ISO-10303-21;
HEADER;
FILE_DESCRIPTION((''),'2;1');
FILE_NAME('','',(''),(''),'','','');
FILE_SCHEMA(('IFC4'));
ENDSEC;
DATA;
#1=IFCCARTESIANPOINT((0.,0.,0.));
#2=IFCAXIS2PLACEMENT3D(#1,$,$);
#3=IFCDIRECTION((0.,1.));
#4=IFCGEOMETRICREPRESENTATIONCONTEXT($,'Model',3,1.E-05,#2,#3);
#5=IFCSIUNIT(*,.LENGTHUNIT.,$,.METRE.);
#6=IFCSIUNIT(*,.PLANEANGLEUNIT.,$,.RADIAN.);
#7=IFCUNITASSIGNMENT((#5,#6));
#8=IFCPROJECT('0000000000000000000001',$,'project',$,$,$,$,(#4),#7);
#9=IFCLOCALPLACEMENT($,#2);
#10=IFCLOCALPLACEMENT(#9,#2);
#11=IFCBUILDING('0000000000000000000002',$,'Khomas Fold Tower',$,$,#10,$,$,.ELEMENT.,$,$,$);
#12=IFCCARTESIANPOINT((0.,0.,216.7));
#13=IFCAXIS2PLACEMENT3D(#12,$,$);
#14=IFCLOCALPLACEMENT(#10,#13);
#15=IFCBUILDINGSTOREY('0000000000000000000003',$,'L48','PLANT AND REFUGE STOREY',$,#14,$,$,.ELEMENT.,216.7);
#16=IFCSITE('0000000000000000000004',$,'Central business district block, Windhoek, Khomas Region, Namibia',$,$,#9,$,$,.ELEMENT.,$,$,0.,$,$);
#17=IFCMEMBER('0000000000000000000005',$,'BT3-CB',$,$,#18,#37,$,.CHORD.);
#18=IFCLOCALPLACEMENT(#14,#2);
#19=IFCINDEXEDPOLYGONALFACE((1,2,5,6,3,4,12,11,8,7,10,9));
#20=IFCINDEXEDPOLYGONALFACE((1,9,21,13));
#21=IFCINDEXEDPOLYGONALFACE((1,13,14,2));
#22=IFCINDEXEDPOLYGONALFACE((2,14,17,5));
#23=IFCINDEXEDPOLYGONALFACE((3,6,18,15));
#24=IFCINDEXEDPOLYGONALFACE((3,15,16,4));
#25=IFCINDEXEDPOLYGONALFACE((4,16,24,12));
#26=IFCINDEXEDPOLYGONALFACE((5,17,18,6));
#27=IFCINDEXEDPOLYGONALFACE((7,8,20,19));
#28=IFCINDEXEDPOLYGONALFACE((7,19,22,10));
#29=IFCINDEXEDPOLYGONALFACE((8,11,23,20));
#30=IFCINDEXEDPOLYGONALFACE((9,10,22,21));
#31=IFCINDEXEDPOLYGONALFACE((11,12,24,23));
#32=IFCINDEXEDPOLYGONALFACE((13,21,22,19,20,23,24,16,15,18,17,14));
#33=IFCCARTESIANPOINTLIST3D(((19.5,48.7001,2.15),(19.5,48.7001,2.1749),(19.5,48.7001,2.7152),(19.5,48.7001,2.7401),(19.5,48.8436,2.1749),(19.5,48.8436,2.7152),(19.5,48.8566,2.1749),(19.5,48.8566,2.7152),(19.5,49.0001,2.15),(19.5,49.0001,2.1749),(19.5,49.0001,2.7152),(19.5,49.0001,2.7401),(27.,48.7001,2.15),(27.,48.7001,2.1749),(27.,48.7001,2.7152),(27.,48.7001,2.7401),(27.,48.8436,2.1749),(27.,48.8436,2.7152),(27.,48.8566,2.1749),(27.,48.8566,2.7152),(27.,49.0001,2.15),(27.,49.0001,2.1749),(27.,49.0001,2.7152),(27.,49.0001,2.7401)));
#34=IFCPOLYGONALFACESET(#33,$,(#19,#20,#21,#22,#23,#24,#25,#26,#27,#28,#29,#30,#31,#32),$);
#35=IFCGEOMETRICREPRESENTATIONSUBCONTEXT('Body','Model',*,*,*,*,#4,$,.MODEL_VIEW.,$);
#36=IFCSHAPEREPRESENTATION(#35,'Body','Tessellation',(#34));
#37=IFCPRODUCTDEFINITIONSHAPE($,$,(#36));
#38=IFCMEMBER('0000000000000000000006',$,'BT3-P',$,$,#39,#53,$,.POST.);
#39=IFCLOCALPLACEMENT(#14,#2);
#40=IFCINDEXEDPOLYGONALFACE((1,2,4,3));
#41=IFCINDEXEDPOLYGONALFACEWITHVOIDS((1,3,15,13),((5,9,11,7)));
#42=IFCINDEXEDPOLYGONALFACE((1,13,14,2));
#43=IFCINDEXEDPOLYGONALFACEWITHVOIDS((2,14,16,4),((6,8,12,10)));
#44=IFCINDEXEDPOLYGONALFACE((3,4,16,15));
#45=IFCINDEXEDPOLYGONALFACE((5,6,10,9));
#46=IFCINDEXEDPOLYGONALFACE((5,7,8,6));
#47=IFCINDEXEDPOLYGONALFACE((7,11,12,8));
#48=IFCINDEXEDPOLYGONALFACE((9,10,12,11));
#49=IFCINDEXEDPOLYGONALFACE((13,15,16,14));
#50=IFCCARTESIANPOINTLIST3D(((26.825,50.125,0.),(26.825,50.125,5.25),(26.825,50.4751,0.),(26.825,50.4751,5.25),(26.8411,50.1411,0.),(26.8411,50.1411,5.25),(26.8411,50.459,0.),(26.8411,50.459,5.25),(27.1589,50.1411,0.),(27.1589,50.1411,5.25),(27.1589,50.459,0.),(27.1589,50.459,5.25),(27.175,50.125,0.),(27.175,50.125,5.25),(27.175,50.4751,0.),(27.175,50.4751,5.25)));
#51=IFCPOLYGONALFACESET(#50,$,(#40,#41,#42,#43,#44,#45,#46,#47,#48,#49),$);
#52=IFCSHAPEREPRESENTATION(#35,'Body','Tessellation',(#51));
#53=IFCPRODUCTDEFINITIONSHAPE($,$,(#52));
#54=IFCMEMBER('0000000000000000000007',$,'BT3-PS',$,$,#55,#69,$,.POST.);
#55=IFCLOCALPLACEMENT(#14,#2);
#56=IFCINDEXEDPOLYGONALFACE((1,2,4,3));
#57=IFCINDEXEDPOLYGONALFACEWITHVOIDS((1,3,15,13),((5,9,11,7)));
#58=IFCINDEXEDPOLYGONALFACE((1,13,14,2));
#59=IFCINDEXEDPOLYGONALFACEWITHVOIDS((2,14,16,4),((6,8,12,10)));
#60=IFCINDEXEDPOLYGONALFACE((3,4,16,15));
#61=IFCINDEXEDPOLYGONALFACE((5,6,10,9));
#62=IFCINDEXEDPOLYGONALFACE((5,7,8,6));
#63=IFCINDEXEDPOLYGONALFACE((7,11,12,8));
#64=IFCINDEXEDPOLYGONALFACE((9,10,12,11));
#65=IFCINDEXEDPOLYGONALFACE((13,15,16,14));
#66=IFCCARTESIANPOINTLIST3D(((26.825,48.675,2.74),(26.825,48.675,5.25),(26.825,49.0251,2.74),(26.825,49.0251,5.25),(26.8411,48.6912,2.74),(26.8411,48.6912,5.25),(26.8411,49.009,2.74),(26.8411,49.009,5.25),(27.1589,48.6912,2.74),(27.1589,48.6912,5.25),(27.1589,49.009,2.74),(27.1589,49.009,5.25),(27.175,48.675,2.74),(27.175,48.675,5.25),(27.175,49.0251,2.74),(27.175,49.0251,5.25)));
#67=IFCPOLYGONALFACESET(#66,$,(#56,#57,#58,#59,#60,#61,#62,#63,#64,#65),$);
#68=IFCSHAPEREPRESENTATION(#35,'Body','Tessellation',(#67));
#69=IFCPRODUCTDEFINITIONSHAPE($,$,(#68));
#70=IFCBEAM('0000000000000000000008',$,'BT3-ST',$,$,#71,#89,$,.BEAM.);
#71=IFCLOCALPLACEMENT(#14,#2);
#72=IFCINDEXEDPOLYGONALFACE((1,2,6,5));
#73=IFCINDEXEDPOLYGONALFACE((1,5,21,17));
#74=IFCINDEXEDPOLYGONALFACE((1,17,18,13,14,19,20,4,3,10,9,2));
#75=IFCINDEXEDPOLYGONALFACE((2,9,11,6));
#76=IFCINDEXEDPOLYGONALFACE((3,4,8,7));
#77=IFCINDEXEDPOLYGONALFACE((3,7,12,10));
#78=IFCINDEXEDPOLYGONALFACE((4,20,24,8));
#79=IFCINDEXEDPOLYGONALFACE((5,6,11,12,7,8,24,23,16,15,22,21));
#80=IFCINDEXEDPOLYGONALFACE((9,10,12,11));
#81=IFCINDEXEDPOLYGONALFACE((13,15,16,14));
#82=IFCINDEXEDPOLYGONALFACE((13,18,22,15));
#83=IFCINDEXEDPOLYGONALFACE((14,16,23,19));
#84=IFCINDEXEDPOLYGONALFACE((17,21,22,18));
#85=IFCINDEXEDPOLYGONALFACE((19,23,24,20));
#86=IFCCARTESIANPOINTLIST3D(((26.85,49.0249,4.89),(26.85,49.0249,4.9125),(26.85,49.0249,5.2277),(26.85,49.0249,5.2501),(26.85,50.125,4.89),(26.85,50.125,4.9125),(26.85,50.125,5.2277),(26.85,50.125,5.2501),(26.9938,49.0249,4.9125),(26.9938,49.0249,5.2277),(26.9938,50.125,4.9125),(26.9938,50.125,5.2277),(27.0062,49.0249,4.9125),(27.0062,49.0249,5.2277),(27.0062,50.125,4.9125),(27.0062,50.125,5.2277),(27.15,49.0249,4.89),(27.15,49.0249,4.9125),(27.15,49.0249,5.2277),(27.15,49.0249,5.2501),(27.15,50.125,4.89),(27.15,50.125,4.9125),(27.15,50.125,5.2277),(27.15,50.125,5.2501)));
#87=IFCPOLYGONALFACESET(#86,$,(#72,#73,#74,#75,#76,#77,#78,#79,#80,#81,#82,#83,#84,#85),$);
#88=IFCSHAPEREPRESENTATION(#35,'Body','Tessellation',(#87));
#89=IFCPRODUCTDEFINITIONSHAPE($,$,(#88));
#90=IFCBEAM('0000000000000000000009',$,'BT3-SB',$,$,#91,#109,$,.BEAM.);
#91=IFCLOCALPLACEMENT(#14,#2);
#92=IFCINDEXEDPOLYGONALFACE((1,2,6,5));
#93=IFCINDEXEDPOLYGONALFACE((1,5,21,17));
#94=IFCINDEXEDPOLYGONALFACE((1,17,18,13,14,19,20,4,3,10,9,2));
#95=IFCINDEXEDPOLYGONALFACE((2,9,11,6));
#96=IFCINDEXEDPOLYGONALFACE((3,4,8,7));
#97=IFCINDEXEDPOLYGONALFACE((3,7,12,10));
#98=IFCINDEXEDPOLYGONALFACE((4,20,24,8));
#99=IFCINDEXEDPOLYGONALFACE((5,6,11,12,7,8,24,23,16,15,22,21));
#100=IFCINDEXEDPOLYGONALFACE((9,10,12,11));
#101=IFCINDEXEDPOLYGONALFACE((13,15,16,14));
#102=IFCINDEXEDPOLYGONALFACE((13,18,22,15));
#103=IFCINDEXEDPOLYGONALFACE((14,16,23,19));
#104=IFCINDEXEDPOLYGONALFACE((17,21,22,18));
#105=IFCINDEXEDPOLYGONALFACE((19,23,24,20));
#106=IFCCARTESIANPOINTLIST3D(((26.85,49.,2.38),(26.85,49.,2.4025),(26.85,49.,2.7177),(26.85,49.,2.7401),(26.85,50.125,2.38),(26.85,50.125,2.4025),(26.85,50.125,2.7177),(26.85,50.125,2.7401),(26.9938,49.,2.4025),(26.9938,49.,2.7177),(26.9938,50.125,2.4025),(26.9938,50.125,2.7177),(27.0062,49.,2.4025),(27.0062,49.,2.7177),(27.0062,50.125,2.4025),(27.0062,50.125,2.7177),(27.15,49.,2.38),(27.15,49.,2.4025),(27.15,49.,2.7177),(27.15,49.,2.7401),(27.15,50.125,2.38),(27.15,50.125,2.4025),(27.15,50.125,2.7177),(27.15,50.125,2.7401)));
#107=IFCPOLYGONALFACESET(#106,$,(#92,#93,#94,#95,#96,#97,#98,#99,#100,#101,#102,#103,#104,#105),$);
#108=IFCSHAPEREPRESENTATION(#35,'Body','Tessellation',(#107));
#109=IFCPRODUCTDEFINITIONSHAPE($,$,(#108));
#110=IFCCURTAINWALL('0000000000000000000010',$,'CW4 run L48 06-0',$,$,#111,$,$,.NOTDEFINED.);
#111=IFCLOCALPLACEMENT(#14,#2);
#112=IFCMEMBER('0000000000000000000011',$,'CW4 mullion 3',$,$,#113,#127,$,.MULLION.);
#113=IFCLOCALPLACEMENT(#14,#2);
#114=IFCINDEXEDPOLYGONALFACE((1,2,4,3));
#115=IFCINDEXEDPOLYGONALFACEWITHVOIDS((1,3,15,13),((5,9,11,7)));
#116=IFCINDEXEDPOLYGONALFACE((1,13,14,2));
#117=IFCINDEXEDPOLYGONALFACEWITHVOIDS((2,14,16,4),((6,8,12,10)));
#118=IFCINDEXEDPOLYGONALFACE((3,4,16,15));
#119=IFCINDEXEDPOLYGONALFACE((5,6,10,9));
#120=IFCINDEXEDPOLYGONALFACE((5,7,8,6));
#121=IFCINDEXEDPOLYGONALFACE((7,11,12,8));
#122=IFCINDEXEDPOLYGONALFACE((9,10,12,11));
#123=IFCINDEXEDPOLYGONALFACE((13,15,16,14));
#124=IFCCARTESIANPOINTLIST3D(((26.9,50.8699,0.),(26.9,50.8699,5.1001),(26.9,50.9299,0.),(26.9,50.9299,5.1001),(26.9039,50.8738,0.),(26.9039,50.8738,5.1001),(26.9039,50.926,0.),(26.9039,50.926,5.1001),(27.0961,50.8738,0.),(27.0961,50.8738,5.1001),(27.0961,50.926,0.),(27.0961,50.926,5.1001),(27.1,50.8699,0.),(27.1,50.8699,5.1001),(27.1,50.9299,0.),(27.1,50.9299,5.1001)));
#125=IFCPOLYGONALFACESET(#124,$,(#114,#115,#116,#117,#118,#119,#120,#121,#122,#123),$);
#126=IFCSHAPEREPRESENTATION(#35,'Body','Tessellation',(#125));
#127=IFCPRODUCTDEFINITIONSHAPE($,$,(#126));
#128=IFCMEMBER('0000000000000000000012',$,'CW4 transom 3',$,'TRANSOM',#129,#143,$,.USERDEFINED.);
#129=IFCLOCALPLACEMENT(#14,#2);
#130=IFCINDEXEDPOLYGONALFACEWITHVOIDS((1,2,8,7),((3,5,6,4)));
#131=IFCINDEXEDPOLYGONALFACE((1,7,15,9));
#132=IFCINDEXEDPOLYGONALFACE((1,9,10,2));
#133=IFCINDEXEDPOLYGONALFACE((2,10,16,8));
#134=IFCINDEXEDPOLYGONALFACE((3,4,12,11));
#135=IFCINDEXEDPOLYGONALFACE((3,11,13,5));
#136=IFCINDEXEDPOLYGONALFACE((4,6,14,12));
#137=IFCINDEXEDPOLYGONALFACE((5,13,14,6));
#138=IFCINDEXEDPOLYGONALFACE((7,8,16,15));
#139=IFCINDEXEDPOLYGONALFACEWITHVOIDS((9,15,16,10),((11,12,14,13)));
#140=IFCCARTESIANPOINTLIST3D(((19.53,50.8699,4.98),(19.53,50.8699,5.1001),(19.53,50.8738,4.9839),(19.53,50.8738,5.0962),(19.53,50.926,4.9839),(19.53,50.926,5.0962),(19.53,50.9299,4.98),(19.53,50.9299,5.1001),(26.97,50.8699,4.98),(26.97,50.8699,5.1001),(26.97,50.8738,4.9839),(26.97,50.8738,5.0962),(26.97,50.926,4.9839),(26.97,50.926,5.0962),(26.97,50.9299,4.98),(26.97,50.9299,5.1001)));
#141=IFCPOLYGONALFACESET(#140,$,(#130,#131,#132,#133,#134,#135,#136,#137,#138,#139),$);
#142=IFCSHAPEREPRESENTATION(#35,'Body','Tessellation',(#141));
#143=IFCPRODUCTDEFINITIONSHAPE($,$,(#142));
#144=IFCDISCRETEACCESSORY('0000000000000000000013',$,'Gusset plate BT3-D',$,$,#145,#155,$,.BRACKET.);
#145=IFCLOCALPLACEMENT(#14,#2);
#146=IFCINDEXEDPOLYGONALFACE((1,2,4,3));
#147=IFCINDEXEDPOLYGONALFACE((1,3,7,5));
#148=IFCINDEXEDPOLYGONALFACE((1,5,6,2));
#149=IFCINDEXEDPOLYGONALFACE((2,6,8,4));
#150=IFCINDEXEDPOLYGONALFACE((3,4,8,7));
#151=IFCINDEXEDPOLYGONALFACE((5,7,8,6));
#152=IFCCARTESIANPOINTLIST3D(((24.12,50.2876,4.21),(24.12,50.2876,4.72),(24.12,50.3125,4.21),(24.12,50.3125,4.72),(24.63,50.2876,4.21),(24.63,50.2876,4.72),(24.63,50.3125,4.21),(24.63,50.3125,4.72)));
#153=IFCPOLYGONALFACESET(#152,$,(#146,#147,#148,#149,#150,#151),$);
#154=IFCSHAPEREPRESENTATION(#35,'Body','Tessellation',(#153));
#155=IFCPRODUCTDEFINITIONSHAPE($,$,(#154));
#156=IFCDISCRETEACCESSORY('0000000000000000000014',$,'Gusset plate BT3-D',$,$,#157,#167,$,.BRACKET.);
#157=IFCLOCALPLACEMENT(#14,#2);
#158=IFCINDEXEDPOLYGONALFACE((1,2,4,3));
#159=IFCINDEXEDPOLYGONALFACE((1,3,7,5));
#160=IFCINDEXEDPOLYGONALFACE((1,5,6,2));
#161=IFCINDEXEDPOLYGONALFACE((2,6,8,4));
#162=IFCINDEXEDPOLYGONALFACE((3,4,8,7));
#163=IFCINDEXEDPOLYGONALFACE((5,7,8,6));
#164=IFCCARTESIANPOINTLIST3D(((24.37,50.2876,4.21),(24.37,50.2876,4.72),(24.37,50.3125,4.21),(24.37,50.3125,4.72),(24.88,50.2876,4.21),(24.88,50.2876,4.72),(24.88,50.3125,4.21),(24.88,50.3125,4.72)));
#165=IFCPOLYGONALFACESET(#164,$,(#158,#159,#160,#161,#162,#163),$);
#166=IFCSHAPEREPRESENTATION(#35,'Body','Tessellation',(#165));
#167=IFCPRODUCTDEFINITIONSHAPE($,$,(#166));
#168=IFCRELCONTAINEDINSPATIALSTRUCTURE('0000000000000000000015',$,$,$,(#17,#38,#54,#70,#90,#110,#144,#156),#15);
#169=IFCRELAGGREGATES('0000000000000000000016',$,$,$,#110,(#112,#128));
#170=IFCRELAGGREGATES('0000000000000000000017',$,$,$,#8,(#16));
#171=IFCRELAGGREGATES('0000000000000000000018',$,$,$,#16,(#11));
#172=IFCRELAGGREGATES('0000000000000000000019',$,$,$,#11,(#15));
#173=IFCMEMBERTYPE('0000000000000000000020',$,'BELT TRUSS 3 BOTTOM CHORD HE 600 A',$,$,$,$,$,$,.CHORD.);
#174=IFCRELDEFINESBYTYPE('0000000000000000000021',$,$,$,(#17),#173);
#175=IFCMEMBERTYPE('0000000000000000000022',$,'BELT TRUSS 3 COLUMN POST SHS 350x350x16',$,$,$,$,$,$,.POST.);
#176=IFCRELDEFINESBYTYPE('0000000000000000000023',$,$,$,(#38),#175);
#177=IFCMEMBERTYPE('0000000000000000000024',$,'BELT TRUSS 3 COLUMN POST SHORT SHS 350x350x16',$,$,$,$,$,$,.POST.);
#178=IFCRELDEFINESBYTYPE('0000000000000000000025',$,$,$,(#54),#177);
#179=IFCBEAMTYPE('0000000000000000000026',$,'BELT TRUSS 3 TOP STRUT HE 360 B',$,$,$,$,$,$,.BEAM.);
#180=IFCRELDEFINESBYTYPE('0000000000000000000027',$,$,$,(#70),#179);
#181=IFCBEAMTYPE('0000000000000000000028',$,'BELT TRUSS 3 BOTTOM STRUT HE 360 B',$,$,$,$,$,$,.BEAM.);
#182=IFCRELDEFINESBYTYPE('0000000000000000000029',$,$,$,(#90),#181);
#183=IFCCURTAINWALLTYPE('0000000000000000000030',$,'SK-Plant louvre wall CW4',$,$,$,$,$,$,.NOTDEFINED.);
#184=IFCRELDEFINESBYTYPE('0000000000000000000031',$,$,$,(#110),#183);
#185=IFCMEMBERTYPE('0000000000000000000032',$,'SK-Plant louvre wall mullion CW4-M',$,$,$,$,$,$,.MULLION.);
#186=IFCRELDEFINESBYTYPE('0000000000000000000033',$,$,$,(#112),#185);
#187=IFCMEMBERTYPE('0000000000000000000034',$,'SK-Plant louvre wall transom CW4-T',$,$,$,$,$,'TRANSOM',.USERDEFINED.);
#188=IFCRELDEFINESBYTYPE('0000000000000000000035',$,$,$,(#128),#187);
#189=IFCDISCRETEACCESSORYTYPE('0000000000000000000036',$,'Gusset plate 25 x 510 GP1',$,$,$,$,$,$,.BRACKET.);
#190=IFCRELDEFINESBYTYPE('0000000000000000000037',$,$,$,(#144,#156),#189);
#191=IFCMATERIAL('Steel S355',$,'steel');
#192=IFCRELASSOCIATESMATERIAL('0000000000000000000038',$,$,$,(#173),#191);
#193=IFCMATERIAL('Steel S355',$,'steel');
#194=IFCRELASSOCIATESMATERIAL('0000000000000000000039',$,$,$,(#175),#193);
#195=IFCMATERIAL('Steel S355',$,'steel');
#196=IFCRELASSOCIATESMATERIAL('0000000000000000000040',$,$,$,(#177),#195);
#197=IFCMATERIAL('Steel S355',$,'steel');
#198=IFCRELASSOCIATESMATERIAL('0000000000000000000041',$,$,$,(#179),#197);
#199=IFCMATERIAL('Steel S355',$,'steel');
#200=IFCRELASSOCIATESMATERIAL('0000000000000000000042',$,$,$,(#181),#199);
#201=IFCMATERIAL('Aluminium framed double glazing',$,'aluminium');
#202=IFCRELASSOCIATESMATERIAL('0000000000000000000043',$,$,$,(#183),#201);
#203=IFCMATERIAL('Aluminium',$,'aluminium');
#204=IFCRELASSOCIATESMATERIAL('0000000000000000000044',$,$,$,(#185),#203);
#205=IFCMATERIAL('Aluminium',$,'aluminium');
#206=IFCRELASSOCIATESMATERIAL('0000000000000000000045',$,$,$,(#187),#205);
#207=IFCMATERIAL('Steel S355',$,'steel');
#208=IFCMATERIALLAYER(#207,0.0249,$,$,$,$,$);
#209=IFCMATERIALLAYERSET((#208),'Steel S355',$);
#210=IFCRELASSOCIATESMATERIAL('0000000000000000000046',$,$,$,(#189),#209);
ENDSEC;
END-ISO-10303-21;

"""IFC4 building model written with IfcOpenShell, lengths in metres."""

from ifc_helpers import new_model, si_unit, direction, frame, origin, origin_2d, place, context, subcontext, project, spatial, rectangle, hollow_rectangle, i_section, extrude, source, transform, mapped, material, layer, layer_set, material_profile, profile_set, type_object, element, aggregate, save


model = new_model("IFC4")

# Units and contexts
model_context = context("Model", 3, precision=1e-05, world=origin(), true_north=direction((0.0, 1.0)))
body_context = subcontext(model_context, "Body", "Model", "MODEL_VIEW")
ifc_project = project(units=[si_unit("LENGTHUNIT", "METRE"), si_unit("PLANEANGLEUNIT", "RADIAN")], contexts=[model_context])

# Site, building, storey
site_placement = place(None, origin())
site = spatial("IfcSite", under=ifc_project, at=site_placement, Name="Central business district block, Windhoek, Khomas Region, Namibia", CompositionType="ELEMENT", RefElevation=0.0)
building_placement = place(site_placement, origin())
building = spatial("IfcBuilding", under=site, at=building_placement, Name="Khomas Fold Tower", CompositionType="ELEMENT")
storey_placement = place(building_placement, frame((0.0, 0.0, 216.7)))
storey = spatial("IfcBuildingStorey", under=building, at=storey_placement, Name="L48", Description="PLANT AND REFUGE STOREY", CompositionType="ELEMENT", Elevation=216.7)

# Members
ifc_material_1 = material(Name="Steel S355", Category="steel")
ifc_material_profile_1 = material_profile(ifc_material_1, i_section(OverallWidth=0.3, OverallDepth=0.5901, WebThickness=0.0129, FlangeThickness=0.0249, at=origin_2d()), Name="HE 600 A")
ifc_profile_set_1 = profile_set([ifc_material_profile_1], Name="Steel S355")
member_type_1 = type_object("IfcMemberType", Name="BELT TRUSS 3 BOTTOM CHORD HE 600 A", PredefinedType="CHORD", material=ifc_profile_set_1)
shared_shape_1 = source(origin(), body_context, "Body", "SweptSolid", [
    extrude(i_section(OverallWidth=0.3, OverallDepth=0.5901, WebThickness=0.0129, FlangeThickness=0.0249, at=origin_2d()), origin(), (0.0, 0.0, 1.0), 7.5),
])
member_1_placement = place(storey_placement, frame((27.0, 48.8501, 2.4451), z_axis=(-1.0, 0.0, 0.0), x_axis=(0.0, -1.0, 0.0)))
element("IfcMember", 1, at=member_1_placement, inside=storey, type_object=member_type_1, Name="BT3-CB", PredefinedType="CHORD", context=body_context, shape_type="MappedRepresentation", body=[
    mapped(shared_shape_1, transform((0.0, 0.0, 0.0))),
])
ifc_material_2 = material(Name="Steel S355", Category="steel")
ifc_material_profile_2 = material_profile(ifc_material_2, hollow_rectangle(XDim=0.3501, YDim=0.3501, WallThickness=0.0161, at=origin_2d()), Name="SHS 350x350x16")
ifc_profile_set_2 = profile_set([ifc_material_profile_2], Name="Steel S355")
member_type_2 = type_object("IfcMemberType", Name="BELT TRUSS 3 COLUMN POST SHS 350x350x16", PredefinedType="POST", material=ifc_profile_set_2)
shared_shape_2 = source(origin(), body_context, "Body", "SweptSolid", [
    extrude(hollow_rectangle(XDim=0.3501, YDim=0.3501, WallThickness=0.0161, at=origin_2d()), origin(), (0.0, 0.0, 1.0), 5.25),
])
member_2_placement = place(storey_placement, frame((27.0, 50.3, 0.0), z_axis=(0.0, 0.0, 1.0), x_axis=(1.0, 0.0, 0.0)))
element("IfcMember", 2, at=member_2_placement, inside=storey, type_object=member_type_2, Name="BT3-P", PredefinedType="POST", context=body_context, shape_type="MappedRepresentation", body=[
    mapped(shared_shape_2, transform((0.0, 0.0, 0.0))),
])
ifc_material_3 = material(Name="Steel S355", Category="steel")
ifc_material_profile_3 = material_profile(ifc_material_3, hollow_rectangle(XDim=0.3501, YDim=0.3501, WallThickness=0.0161, at=origin_2d()), Name="SHS 350x350x16")
ifc_profile_set_3 = profile_set([ifc_material_profile_3], Name="Steel S355")
member_type_3 = type_object("IfcMemberType", Name="BELT TRUSS 3 COLUMN POST SHORT SHS 350x350x16", PredefinedType="POST", material=ifc_profile_set_3)
shared_shape_3 = source(origin(), body_context, "Body", "SweptSolid", [
    extrude(hollow_rectangle(XDim=0.3501, YDim=0.3501, WallThickness=0.0161, at=origin_2d()), origin(), (0.0, 0.0, 1.0), 2.51),
])
member_3_placement = place(storey_placement, frame((27.0, 48.8501, 2.74), z_axis=(0.0, 0.0, 1.0), x_axis=(1.0, 0.0, 0.0)))
element("IfcMember", 3, at=member_3_placement, inside=storey, type_object=member_type_3, Name="BT3-PS", PredefinedType="POST", context=body_context, shape_type="MappedRepresentation", body=[
    mapped(shared_shape_3, transform((0.0, 0.0, 0.0))),
])

# Beams
ifc_material_4 = material(Name="Steel S355", Category="steel")
ifc_material_profile_4 = material_profile(ifc_material_4, i_section(OverallWidth=0.3, OverallDepth=0.3601, WebThickness=0.0125, FlangeThickness=0.0225, at=origin_2d()), Name="HE 360 B")
ifc_profile_set_4 = profile_set([ifc_material_profile_4], Name="Steel S355")
beam_type_1 = type_object("IfcBeamType", Name="BELT TRUSS 3 TOP STRUT HE 360 B", PredefinedType="BEAM", material=ifc_profile_set_4)
shared_shape_4 = source(origin(), body_context, "Body", "SweptSolid", [
    extrude(i_section(OverallWidth=0.3, OverallDepth=0.3601, WebThickness=0.0125, FlangeThickness=0.0225, at=origin_2d()), origin(), (0.0, 0.0, 1.0), 1.1001),
])
beam_1_placement = place(storey_placement, frame((27.0, 49.0249, 5.0701), z_axis=(0.0, 1.0, 0.0), x_axis=(-1.0, 0.0, 0.0)))
element("IfcBeam", 4, at=beam_1_placement, inside=storey, type_object=beam_type_1, Name="BT3-ST", PredefinedType="BEAM", context=body_context, shape_type="MappedRepresentation", body=[
    mapped(shared_shape_4, transform((0.0, 0.0, 0.0))),
])
ifc_material_5 = material(Name="Steel S355", Category="steel")
ifc_material_profile_5 = material_profile(ifc_material_5, i_section(OverallWidth=0.3, OverallDepth=0.3601, WebThickness=0.0125, FlangeThickness=0.0225, at=origin_2d()), Name="HE 360 B")
ifc_profile_set_5 = profile_set([ifc_material_profile_5], Name="Steel S355")
beam_type_2 = type_object("IfcBeamType", Name="BELT TRUSS 3 BOTTOM STRUT HE 360 B", PredefinedType="BEAM", material=ifc_profile_set_5)
shared_shape_5 = source(origin(), body_context, "Body", "SweptSolid", [
    extrude(i_section(OverallWidth=0.3, OverallDepth=0.3601, WebThickness=0.0125, FlangeThickness=0.0225, at=origin_2d()), origin(), (0.0, 0.0, 1.0), 1.125),
])
beam_2_placement = place(storey_placement, frame((27.0, 49.0, 2.5601), z_axis=(0.0, 1.0, 0.0), x_axis=(-1.0, 0.0, 0.0)))
element("IfcBeam", 5, at=beam_2_placement, inside=storey, type_object=beam_type_2, Name="BT3-SB", PredefinedType="BEAM", context=body_context, shape_type="MappedRepresentation", body=[
    mapped(shared_shape_5, transform((0.0, 0.0, 0.0))),
])

# Curtain wall, members
ifc_material_6 = material(Name="Aluminium framed double glazing", Category="aluminium")
curtain_wall_type = type_object("IfcCurtainWallType", Name="SK-Plant louvre wall CW4", PredefinedType="NOTDEFINED", material=ifc_material_6)
curtain_wall_placement = place(storey_placement, origin())
curtain_wall = element("IfcCurtainWall", 6, at=curtain_wall_placement, inside=storey, type_object=curtain_wall_type, Name="CW4 run L48 06-0", PredefinedType="NOTDEFINED")
ifc_material_7 = material(Name="Aluminium", Category="aluminium")
ifc_material_profile_6 = material_profile(ifc_material_7, hollow_rectangle(XDim=0.0601, YDim=0.2, WallThickness=0.0039, at=origin_2d()), Name="SK-Plant louvre wall mullion CW4-M")
ifc_profile_set_6 = profile_set([ifc_material_profile_6], Name="Aluminium")
member_type_4 = type_object("IfcMemberType", Name="SK-Plant louvre wall mullion CW4-M", PredefinedType="MULLION", material=ifc_profile_set_6)
shared_shape_6 = source(origin(), body_context, "Body", "SweptSolid", [
    extrude(hollow_rectangle(XDim=0.0601, YDim=0.2, WallThickness=0.0039, at=origin_2d()), origin(), (0.0, 0.0, 1.0), 5.1001),
])
member_4_placement = place(storey_placement, frame((27.0, 50.8999, 0.0), z_axis=(0.0, 0.0, 1.0), x_axis=(0.0, -1.0, 0.0)))
member_4 = element("IfcMember", 7, at=member_4_placement, type_object=member_type_4, Name="CW4 mullion 3", PredefinedType="MULLION", context=body_context, shape_type="MappedRepresentation", body=[
    mapped(shared_shape_6, transform((0.0, 0.0, 0.0))),
])
ifc_material_8 = material(Name="Aluminium", Category="aluminium")
ifc_material_profile_7 = material_profile(ifc_material_8, hollow_rectangle(XDim=0.0601, YDim=0.1201, WallThickness=0.0039, at=origin_2d()), Name="SK-Plant louvre wall transom CW4-T")
ifc_profile_set_7 = profile_set([ifc_material_profile_7], Name="Aluminium")
member_type_5 = type_object("IfcMemberType", Name="SK-Plant louvre wall transom CW4-T", ElementType="TRANSOM", PredefinedType="USERDEFINED", material=ifc_profile_set_7)
shared_shape_7 = source(origin(), body_context, "Body", "SweptSolid", [
    extrude(hollow_rectangle(XDim=0.0601, YDim=0.1201, WallThickness=0.0039, at=origin_2d()), origin(), (0.0, 0.0, 1.0), 7.4399),
])
member_5_placement = place(storey_placement, frame((26.97, 50.8999, 5.04), z_axis=(-1.0, 0.0, 0.0), x_axis=(0.0, -1.0, 0.0)))
member_5 = element("IfcMember", 8, at=member_5_placement, type_object=member_type_5, Name="CW4 transom 3", ObjectType="TRANSOM", PredefinedType="USERDEFINED", context=body_context, shape_type="MappedRepresentation", body=[
    mapped(shared_shape_7, transform((0.0, 0.0, 0.0))),
])
aggregate(curtain_wall, [member_4, member_5])

# Discrete accessories
ifc_material_9 = material(Name="Steel S355", Category="steel")
ifc_layer = layer(ifc_material_9, 0.0249)
ifc_layer_set = layer_set([ifc_layer], Name="Steel S355")
discrete_accessory_type = type_object("IfcDiscreteAccessoryType", Name="Gusset plate 25 x 510 GP1", PredefinedType="BRACKET", material=ifc_layer_set)
shared_shape_8 = source(origin(), body_context, "Body", "SweptSolid", [
    extrude(rectangle(XDim=0.51, YDim=0.0249, at=origin_2d()), origin(), (0.0, 0.0, 1.0), 0.51),
])
for number, where, z_axis, x_axis, name in (
    (9, (24.375, 50.3, 4.21), (0.0, 0.0, 1.0), (1.0, 0.0, 0.0), "Gusset plate BT3-D"),
    (10, (24.625, 50.3, 4.21), (0.0, 0.0, 1.0), (1.0, 0.0, 0.0), "Gusset plate BT3-D"),
):
    element("IfcDiscreteAccessory", number, at=place(storey_placement, frame(where, z_axis=z_axis, x_axis=x_axis)), inside=storey, type_object=discrete_accessory_type, Name=name, PredefinedType="BRACKET", context=body_context, shape_type="MappedRepresentation", body=[
        mapped(shared_shape_8, transform((0.0, 0.0, 0.0))),
    ])

save(model, "model.ifc")
